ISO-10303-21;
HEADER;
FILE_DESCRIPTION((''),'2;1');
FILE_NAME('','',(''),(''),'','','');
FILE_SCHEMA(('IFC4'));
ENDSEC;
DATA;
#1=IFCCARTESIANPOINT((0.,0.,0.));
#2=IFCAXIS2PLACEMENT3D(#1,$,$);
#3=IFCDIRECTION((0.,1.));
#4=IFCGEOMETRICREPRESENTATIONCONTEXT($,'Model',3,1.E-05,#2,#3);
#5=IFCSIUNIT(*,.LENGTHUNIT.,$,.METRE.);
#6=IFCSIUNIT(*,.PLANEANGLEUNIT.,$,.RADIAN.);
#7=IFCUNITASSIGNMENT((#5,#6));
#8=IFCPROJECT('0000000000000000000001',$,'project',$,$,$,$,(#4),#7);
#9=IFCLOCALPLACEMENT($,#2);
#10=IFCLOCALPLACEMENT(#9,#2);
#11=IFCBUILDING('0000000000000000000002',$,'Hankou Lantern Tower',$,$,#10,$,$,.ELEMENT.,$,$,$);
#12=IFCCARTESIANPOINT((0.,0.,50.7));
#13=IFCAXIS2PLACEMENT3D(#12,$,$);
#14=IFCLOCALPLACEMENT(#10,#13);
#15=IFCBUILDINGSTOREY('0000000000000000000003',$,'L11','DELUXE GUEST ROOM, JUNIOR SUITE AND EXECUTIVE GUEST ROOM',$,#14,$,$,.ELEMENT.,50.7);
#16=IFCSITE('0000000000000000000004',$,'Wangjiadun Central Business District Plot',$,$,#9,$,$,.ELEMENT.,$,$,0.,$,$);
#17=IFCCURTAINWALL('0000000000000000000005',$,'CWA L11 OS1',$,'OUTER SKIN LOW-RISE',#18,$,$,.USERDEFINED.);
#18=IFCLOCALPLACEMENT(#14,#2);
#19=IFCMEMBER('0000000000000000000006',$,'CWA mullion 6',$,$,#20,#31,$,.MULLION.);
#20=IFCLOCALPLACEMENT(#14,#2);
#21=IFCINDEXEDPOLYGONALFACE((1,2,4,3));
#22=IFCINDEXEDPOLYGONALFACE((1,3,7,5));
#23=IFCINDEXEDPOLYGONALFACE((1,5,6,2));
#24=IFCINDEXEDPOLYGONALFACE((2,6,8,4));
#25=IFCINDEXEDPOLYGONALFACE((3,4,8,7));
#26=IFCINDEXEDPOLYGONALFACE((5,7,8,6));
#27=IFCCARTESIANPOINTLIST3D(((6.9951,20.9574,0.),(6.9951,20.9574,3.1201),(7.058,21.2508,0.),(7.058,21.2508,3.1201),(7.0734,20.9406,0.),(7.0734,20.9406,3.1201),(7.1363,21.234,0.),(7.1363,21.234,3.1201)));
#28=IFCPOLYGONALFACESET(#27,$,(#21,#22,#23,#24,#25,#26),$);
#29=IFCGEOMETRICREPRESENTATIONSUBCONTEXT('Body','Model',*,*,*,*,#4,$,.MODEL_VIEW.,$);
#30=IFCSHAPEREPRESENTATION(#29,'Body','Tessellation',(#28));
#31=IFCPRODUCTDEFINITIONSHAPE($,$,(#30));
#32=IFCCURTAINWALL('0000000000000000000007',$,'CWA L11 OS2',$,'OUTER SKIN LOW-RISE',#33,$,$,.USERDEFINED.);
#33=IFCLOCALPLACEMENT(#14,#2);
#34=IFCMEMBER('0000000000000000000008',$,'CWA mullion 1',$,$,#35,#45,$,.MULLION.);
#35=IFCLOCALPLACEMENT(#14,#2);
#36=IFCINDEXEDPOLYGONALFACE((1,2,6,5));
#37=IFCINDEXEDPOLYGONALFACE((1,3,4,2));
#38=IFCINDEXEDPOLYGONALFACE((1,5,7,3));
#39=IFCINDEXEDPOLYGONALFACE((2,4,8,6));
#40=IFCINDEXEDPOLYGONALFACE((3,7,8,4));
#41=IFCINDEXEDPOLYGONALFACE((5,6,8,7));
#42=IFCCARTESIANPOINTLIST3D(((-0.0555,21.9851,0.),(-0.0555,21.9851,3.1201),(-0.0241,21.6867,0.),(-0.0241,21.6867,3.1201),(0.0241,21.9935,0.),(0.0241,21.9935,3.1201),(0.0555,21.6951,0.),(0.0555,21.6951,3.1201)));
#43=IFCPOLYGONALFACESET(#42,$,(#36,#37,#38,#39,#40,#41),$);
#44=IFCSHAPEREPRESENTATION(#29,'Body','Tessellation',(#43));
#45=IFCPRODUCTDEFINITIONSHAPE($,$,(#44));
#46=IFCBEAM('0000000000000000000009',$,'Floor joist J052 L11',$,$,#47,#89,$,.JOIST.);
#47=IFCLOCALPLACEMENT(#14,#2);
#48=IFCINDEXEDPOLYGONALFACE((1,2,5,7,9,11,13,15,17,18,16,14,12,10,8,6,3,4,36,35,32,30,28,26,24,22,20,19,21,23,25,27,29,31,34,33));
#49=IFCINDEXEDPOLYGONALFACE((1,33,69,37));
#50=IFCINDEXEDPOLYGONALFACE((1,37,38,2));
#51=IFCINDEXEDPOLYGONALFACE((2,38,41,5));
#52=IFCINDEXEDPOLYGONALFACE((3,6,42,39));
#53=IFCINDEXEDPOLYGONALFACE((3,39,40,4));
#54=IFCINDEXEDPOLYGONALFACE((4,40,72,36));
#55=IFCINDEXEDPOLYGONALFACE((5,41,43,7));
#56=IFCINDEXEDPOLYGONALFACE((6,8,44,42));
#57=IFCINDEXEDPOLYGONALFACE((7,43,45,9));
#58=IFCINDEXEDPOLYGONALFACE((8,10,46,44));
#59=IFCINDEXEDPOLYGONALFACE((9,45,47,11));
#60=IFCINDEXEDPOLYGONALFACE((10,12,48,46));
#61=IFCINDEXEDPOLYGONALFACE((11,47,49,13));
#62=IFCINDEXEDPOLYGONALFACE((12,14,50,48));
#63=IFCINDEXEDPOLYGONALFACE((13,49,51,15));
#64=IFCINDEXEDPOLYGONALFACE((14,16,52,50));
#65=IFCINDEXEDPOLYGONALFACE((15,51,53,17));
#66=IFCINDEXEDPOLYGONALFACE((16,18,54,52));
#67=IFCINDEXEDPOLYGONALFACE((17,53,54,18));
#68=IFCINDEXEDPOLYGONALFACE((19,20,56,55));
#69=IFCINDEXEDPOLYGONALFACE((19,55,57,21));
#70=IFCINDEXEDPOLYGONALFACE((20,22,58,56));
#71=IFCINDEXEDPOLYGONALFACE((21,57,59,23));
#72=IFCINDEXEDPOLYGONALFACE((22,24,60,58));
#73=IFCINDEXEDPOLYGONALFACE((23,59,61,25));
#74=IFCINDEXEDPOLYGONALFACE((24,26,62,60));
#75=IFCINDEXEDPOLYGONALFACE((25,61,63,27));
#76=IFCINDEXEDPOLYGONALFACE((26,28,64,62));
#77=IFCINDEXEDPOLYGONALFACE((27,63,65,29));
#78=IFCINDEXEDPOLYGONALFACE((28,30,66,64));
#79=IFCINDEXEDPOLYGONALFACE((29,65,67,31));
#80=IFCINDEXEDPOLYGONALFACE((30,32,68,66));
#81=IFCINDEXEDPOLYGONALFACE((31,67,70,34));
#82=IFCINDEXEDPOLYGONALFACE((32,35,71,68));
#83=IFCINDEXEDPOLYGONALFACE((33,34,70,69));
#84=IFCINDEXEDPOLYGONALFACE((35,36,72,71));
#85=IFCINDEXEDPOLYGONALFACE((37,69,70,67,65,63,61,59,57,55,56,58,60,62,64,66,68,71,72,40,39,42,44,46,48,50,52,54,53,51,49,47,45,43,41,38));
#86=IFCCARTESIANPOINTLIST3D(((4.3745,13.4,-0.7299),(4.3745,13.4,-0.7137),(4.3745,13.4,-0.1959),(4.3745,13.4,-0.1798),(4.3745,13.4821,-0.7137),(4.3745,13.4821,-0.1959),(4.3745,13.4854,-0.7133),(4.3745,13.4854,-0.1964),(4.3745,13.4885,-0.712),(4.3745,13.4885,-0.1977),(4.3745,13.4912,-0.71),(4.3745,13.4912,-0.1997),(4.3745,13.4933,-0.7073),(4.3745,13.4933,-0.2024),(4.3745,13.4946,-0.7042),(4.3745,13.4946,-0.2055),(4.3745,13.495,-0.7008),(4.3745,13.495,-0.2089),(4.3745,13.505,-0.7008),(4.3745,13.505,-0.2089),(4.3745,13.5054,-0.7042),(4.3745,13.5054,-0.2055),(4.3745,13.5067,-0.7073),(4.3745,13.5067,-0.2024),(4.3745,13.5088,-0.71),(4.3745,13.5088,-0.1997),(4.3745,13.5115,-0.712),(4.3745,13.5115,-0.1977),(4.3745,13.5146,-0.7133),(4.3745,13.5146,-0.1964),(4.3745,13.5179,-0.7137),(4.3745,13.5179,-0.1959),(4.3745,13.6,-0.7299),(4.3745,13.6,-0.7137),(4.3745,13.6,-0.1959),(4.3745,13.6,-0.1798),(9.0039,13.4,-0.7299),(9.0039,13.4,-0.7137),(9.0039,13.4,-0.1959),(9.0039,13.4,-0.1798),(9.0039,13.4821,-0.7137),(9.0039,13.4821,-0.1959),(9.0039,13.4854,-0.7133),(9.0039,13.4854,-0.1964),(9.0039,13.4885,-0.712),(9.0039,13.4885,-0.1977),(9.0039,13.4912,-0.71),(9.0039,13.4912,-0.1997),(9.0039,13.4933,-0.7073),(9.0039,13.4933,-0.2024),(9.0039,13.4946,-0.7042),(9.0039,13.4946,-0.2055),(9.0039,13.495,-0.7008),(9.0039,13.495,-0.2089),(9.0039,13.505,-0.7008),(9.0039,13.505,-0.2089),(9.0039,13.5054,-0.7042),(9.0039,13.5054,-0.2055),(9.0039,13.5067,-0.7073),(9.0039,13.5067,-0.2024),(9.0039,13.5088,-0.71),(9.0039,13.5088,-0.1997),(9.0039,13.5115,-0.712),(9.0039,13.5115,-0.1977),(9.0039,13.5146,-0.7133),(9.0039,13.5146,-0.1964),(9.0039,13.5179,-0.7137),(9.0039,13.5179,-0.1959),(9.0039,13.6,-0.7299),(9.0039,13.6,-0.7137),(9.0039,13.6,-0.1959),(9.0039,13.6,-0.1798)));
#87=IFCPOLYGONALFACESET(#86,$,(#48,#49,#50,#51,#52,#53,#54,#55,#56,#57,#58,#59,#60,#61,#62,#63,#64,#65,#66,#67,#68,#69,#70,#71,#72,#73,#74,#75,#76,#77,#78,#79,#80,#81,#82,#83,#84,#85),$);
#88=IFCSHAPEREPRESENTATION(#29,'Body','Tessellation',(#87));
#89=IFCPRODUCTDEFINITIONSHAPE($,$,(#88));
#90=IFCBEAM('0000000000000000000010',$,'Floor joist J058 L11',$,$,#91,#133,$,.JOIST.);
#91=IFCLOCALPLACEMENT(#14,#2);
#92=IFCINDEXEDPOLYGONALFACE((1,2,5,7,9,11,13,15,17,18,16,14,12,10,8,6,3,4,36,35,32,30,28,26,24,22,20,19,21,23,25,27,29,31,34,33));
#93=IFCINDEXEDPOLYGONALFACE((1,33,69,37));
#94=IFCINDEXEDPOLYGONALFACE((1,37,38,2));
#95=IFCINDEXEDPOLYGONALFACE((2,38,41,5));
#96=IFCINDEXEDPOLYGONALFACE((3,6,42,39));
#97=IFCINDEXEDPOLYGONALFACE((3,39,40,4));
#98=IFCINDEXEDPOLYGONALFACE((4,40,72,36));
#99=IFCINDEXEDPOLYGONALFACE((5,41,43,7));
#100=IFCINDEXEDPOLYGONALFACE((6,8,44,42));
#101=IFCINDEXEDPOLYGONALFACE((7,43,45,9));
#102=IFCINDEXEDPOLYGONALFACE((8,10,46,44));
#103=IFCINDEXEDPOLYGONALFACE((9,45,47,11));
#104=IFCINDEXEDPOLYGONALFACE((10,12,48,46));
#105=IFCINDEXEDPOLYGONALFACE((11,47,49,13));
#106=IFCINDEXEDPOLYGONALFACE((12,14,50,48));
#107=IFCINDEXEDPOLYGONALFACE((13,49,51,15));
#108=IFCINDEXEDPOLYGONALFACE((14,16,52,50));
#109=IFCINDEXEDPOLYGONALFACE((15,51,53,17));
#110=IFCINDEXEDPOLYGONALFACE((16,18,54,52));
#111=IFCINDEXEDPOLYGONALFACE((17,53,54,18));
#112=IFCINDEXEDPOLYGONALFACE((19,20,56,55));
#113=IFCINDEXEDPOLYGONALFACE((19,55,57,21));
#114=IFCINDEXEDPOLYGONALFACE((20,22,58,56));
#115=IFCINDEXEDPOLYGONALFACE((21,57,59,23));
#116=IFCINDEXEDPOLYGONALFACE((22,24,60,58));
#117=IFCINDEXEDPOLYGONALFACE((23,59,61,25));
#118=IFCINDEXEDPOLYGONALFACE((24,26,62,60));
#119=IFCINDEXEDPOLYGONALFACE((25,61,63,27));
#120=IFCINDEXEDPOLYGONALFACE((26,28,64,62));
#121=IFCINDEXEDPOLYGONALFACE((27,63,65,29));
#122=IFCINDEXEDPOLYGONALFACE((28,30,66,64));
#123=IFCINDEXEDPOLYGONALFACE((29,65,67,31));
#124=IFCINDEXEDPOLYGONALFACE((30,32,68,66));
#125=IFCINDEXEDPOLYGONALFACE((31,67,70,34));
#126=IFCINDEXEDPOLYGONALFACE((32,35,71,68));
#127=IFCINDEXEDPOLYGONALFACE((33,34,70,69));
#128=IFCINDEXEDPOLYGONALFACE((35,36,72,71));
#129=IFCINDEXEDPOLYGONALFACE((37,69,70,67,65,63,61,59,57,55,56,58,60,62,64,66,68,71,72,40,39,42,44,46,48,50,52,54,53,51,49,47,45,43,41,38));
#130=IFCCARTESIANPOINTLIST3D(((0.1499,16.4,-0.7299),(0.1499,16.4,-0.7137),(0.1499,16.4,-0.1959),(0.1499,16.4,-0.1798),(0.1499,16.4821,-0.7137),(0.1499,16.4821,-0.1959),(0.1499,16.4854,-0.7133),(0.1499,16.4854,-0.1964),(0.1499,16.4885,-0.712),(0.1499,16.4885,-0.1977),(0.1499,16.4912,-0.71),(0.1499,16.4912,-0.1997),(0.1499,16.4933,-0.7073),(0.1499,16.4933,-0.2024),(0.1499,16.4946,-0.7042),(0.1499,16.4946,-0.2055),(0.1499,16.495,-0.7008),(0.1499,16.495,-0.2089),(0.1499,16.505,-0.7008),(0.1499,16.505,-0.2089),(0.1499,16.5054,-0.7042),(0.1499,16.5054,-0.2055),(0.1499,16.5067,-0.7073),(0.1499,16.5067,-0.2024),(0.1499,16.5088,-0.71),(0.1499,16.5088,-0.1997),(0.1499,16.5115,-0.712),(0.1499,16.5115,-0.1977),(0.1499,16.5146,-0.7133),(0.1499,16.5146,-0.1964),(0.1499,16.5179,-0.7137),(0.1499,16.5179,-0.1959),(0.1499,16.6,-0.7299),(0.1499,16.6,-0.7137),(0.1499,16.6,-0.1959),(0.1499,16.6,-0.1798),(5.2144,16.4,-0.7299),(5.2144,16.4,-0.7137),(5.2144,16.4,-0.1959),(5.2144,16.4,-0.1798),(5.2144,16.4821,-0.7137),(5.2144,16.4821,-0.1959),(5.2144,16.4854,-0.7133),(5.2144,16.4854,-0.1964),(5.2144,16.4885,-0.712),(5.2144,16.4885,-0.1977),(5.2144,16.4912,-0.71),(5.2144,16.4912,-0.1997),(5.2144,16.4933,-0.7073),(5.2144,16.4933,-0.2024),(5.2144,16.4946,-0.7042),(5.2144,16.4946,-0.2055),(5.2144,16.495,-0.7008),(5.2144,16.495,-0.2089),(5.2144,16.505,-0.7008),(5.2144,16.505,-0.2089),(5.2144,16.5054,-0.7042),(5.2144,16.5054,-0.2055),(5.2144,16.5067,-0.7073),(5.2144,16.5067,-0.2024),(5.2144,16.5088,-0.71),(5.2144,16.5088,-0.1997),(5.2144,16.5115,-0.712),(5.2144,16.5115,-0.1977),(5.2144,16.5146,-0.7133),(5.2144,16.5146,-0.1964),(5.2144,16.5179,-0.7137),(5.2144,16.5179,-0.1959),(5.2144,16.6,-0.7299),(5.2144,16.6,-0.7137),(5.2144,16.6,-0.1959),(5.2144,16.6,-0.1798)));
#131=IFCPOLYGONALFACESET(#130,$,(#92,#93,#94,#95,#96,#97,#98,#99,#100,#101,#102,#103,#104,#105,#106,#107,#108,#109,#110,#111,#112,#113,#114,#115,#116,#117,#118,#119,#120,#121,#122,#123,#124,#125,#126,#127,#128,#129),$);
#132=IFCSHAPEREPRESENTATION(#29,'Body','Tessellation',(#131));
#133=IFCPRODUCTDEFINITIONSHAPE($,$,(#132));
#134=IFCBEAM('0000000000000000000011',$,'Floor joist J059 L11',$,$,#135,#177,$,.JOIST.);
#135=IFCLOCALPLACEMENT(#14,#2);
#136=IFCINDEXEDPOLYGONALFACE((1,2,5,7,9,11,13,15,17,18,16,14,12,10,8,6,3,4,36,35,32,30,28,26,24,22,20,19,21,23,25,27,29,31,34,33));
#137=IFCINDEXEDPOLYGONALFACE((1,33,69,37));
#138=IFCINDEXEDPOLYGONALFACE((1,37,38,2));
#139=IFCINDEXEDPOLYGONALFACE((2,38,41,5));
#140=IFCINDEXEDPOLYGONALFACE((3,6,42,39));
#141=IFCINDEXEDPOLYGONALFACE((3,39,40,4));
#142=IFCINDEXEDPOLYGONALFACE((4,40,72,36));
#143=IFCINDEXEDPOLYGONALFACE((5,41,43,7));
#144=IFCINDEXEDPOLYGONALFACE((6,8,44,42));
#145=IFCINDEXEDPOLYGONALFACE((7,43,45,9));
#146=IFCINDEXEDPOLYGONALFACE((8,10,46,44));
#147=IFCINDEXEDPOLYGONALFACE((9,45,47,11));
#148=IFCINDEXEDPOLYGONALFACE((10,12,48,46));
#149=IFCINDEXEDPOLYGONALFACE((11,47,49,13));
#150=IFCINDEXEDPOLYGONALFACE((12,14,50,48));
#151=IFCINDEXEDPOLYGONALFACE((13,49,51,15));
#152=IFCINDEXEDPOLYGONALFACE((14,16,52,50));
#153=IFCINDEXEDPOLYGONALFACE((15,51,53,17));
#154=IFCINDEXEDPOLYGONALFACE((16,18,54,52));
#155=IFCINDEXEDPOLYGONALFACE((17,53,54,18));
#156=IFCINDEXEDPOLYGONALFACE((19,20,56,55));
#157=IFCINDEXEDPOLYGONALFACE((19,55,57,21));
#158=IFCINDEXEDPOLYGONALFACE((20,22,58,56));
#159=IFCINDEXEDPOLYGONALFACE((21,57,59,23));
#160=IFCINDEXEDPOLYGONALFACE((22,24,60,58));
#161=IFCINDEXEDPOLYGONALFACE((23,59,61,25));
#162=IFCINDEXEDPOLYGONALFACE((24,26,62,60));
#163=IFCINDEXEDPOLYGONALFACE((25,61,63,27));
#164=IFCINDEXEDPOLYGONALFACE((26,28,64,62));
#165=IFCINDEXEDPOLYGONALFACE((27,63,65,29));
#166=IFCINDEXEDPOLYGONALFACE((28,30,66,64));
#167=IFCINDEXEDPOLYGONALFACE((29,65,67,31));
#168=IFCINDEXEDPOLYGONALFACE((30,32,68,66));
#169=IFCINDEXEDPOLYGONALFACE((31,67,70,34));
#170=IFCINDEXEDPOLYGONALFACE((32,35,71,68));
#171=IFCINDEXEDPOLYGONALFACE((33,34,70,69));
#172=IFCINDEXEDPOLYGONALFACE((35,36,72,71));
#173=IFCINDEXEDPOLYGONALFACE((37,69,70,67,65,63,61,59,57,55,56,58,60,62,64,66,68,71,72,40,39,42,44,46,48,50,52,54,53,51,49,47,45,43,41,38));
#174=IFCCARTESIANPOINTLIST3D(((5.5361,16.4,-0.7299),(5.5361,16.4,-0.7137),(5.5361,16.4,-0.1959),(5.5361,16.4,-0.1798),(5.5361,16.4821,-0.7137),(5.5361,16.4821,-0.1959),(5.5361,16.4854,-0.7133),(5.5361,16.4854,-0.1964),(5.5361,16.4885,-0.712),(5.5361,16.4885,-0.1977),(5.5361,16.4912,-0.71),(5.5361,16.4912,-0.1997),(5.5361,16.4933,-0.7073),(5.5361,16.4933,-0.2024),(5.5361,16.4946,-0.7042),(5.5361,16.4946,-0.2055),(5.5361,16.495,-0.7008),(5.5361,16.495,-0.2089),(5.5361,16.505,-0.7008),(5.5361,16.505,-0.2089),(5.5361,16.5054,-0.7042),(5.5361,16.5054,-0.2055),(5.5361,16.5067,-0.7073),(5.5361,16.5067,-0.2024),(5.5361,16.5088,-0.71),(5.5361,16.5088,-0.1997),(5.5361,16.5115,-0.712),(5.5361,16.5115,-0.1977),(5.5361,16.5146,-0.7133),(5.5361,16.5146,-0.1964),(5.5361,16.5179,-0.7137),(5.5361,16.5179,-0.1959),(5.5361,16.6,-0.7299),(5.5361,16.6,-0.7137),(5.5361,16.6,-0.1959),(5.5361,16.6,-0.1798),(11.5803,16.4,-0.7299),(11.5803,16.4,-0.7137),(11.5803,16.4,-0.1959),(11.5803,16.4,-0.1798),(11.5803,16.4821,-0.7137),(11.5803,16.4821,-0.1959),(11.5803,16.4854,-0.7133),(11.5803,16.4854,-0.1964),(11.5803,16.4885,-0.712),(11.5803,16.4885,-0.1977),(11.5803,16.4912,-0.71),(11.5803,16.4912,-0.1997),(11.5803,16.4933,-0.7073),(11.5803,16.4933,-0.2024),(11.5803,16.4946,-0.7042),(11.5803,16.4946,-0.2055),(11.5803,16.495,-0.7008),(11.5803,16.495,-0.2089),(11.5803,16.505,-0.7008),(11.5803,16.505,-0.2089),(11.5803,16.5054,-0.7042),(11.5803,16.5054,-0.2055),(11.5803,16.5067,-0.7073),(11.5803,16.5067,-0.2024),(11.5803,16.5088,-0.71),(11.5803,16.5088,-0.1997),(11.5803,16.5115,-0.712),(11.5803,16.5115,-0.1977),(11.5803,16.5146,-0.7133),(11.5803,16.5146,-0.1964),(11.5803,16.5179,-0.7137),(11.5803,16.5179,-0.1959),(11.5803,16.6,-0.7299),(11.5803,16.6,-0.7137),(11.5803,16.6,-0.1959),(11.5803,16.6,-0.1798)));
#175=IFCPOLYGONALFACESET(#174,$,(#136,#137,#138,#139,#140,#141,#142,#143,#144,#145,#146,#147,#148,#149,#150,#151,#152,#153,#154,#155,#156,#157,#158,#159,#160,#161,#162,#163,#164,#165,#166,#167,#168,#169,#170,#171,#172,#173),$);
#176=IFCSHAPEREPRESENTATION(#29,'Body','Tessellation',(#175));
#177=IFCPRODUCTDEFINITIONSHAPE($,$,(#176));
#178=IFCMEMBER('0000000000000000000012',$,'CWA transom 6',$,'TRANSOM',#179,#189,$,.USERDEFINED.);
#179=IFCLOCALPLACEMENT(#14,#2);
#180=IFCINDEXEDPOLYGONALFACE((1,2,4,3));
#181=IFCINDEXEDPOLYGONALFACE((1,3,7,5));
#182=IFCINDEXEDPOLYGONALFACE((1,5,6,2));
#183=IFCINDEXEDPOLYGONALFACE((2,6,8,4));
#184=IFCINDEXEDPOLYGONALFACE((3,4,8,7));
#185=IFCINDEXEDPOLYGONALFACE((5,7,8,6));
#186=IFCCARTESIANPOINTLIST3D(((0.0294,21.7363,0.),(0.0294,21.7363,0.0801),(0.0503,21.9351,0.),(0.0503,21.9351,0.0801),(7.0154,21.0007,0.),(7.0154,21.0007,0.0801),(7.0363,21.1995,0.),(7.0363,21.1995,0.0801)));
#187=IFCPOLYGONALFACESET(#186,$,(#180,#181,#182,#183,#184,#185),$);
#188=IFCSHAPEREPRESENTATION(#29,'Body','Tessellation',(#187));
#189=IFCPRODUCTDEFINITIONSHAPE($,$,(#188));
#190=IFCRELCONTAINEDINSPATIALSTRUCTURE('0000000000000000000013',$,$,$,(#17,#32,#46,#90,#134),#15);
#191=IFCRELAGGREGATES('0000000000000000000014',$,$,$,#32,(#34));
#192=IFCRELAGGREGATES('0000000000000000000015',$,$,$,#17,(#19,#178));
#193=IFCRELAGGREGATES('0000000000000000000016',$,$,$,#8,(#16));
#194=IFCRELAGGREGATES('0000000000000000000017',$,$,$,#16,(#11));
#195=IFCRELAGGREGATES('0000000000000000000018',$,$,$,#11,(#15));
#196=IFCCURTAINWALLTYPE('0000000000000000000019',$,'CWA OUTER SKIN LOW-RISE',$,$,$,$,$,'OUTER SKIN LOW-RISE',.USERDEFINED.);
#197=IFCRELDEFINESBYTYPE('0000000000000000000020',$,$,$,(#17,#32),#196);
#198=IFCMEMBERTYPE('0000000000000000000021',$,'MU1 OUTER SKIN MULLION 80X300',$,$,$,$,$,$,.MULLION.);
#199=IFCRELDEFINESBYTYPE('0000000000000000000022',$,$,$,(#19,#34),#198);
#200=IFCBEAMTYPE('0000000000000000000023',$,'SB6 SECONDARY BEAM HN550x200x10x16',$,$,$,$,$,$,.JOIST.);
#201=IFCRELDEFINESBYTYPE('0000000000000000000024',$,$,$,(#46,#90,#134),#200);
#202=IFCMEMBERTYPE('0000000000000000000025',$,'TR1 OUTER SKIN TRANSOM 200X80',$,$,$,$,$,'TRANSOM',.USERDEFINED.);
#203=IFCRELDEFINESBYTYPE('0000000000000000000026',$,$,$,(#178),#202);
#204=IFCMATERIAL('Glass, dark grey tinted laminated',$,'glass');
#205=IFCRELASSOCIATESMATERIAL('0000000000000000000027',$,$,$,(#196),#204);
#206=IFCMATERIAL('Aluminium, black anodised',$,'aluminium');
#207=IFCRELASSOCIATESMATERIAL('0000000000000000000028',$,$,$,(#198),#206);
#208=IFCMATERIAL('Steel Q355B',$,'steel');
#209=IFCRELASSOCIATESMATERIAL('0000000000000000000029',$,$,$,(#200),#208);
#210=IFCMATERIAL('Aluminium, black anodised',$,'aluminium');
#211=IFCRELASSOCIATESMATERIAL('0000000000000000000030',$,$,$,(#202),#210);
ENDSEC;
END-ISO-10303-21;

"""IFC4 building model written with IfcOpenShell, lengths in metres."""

from ifc_helpers import new_model, si_unit, direction, frame, origin, origin_2d, place, context, subcontext, project, spatial, rectangle, i_section, extrude, material, material_profile, profile_set, type_object, element, aggregate, save


model = new_model("IFC4")

# Units and contexts
model_context = context("Model", 3, precision=1e-05, world=origin(), true_north=direction((0.0, 1.0)))
body_context = subcontext(model_context, "Body", "Model", "MODEL_VIEW")
ifc_project = project(units=[si_unit("LENGTHUNIT", "METRE"), si_unit("PLANEANGLEUNIT", "RADIAN")], contexts=[model_context])

# Site, building, storey
site_placement = place(None, origin())
site = spatial("IfcSite", under=ifc_project, at=site_placement, Name="Wangjiadun Central Business District Plot", CompositionType="ELEMENT", RefElevation=0.0)
building_placement = place(site_placement, origin())
building = spatial("IfcBuilding", under=site, at=building_placement, Name="Hankou Lantern Tower", CompositionType="ELEMENT")
storey_placement = place(building_placement, frame((0.0, 0.0, 50.7)))
storey = spatial("IfcBuildingStorey", under=building, at=storey_placement, Name="L11", Description="DELUXE GUEST ROOM, JUNIOR SUITE AND EXECUTIVE GUEST ROOM", CompositionType="ELEMENT", Elevation=50.7)

# Curtain walls, members
ifc_material_1 = material(Name="Glass, dark grey tinted laminated", Category="glass")
curtain_wall_type = type_object("IfcCurtainWallType", Name="CWA OUTER SKIN LOW-RISE", ElementType="OUTER SKIN LOW-RISE", PredefinedType="USERDEFINED", material=ifc_material_1)
curtain_wall_1_placement = place(storey_placement, origin())
curtain_wall_1 = element("IfcCurtainWall", 1, at=curtain_wall_1_placement, inside=storey, type_object=curtain_wall_type, Name="CWA L11 OS1", ObjectType="OUTER SKIN LOW-RISE", PredefinedType="USERDEFINED")
ifc_material_2 = material(Name="Aluminium, black anodised", Category="aluminium")
ifc_material_profile_1 = material_profile(ifc_material_2, rectangle(XDim=0.0801, YDim=0.3, at=origin_2d()), Name="MU1 80X300")
ifc_profile_set_1 = profile_set([ifc_material_profile_1], Name="Aluminium, black anodised")
member_type_1 = type_object("IfcMemberType", Name="MU1 OUTER SKIN MULLION 80X300", PredefinedType="MULLION", material=ifc_profile_set_1)
member_1_placement = place(storey_placement, frame((7.0657, 21.0957, 0.0), z_axis=(0.0, 0.0, 1.0), x_axis=(-0.977788, 0.209598, 0.0)))
member_1 = element("IfcMember", 2, at=member_1_placement, type_object=member_type_1, Name="CWA mullion 6", PredefinedType="MULLION", context=body_context, shape_type="SweptSolid", body=[
    extrude(rectangle(XDim=0.0801, YDim=0.3, at=origin_2d()), origin(), (0.0, 0.0, 1.0), 3.1201),
])
curtain_wall_2_placement = place(storey_placement, origin())
curtain_wall_2 = element("IfcCurtainWall", 3, at=curtain_wall_2_placement, inside=storey, type_object=curtain_wall_type, Name="CWA L11 OS2", ObjectType="OUTER SKIN LOW-RISE", PredefinedType="USERDEFINED")
member_2_placement = place(storey_placement, frame((0.0, 21.8401, 0.0), z_axis=(0.0, 0.0, 1.0), x_axis=(-0.994499, -0.104743, 0.0)))
member_2 = element("IfcMember", 4, at=member_2_placement, type_object=member_type_1, Name="CWA mullion 1", PredefinedType="MULLION", context=body_context, shape_type="SweptSolid", body=[
    extrude(rectangle(XDim=0.0801, YDim=0.3, at=origin_2d()), origin(), (0.0, 0.0, 1.0), 3.1201),
])

# Beams
ifc_material_3 = material(Name="Steel Q355B", Category="steel")
ifc_material_profile_2 = material_profile(ifc_material_3, i_section(OverallWidth=0.2, OverallDepth=0.55, WebThickness=0.01, FlangeThickness=0.0161, FilletRadius=0.0129, at=origin_2d()), Name="HN550x200x10x16")
ifc_profile_set_2 = profile_set([ifc_material_profile_2], Name="Steel Q355B")
beam_type_1 = type_object("IfcBeamType", Name="SB6 SECONDARY BEAM HN550x200x10x16", PredefinedType="JOIST", material=ifc_profile_set_2)
beam_1_placement = place(storey_placement, frame((4.3745, 13.5, -0.4548), z_axis=(1.0, 0.0, 0.0), x_axis=(0.0, 1.0, 0.0)))
element("IfcBeam", 5, at=beam_1_placement, inside=storey, type_object=beam_type_1, Name="Floor joist J052 L11", PredefinedType="JOIST", context=body_context, shape_type="SweptSolid", body=[
    extrude(i_section(OverallWidth=0.2, OverallDepth=0.55, WebThickness=0.01, FlangeThickness=0.0161, FilletRadius=0.0129, at=origin_2d()), origin(), (0.0, 0.0, 1.0), 4.6294),
])
beam_2_placement = place(storey_placement, frame((0.1499, 16.5, -0.4548), z_axis=(1.0, 0.0, 0.0), x_axis=(0.0, 1.0, 0.0)))
element("IfcBeam", 6, at=beam_2_placement, inside=storey, type_object=beam_type_1, Name="Floor joist J058 L11", PredefinedType="JOIST", context=body_context, shape_type="SweptSolid", body=[
    extrude(i_section(OverallWidth=0.2, OverallDepth=0.55, WebThickness=0.01, FlangeThickness=0.0161, FilletRadius=0.0129, at=origin_2d()), origin(), (0.0, 0.0, 1.0), 5.0645),
])
beam_3_placement = place(storey_placement, frame((5.5361, 16.5, -0.4548), z_axis=(1.0, 0.0, 0.0), x_axis=(0.0, 1.0, 0.0)))
element("IfcBeam", 7, at=beam_3_placement, inside=storey, type_object=beam_type_1, Name="Floor joist J059 L11", PredefinedType="JOIST", context=body_context, shape_type="SweptSolid", body=[
    extrude(i_section(OverallWidth=0.2, OverallDepth=0.55, WebThickness=0.01, FlangeThickness=0.0161, FilletRadius=0.0129, at=origin_2d()), origin(), (0.0, 0.0, 1.0), 6.0442),
])

# Member
ifc_material_4 = material(Name="Aluminium, black anodised", Category="aluminium")
ifc_material_profile_3 = material_profile(ifc_material_4, rectangle(XDim=0.2, YDim=0.0801, at=origin_2d()), Name="TR1 200X80")
ifc_profile_set_3 = profile_set([ifc_material_profile_3], Name="Aluminium, black anodised")
member_type_2 = type_object("IfcMemberType", Name="TR1 OUTER SKIN TRANSOM 200X80", ElementType="TRANSOM", PredefinedType="USERDEFINED", material=ifc_profile_set_3)
member_3_placement = place(storey_placement, frame((7.0259, 21.1001, 0.04), z_axis=(-0.994502, 0.104716, 0.0), x_axis=(-0.104716, -0.994502, 0.0)))
member_3 = element("IfcMember", 8, at=member_3_placement, type_object=member_type_2, Name="CWA transom 6", ObjectType="TRANSOM", PredefinedType="USERDEFINED", context=body_context, shape_type="SweptSolid", body=[
    extrude(rectangle(XDim=0.2, YDim=0.0801, at=origin_2d()), origin(), (0.0, 0.0, 1.0), 7.0247),
])
aggregate(curtain_wall_2, [member_2])

aggregate(curtain_wall_1, [member_1, member_3])

save(model, "model.ifc")
